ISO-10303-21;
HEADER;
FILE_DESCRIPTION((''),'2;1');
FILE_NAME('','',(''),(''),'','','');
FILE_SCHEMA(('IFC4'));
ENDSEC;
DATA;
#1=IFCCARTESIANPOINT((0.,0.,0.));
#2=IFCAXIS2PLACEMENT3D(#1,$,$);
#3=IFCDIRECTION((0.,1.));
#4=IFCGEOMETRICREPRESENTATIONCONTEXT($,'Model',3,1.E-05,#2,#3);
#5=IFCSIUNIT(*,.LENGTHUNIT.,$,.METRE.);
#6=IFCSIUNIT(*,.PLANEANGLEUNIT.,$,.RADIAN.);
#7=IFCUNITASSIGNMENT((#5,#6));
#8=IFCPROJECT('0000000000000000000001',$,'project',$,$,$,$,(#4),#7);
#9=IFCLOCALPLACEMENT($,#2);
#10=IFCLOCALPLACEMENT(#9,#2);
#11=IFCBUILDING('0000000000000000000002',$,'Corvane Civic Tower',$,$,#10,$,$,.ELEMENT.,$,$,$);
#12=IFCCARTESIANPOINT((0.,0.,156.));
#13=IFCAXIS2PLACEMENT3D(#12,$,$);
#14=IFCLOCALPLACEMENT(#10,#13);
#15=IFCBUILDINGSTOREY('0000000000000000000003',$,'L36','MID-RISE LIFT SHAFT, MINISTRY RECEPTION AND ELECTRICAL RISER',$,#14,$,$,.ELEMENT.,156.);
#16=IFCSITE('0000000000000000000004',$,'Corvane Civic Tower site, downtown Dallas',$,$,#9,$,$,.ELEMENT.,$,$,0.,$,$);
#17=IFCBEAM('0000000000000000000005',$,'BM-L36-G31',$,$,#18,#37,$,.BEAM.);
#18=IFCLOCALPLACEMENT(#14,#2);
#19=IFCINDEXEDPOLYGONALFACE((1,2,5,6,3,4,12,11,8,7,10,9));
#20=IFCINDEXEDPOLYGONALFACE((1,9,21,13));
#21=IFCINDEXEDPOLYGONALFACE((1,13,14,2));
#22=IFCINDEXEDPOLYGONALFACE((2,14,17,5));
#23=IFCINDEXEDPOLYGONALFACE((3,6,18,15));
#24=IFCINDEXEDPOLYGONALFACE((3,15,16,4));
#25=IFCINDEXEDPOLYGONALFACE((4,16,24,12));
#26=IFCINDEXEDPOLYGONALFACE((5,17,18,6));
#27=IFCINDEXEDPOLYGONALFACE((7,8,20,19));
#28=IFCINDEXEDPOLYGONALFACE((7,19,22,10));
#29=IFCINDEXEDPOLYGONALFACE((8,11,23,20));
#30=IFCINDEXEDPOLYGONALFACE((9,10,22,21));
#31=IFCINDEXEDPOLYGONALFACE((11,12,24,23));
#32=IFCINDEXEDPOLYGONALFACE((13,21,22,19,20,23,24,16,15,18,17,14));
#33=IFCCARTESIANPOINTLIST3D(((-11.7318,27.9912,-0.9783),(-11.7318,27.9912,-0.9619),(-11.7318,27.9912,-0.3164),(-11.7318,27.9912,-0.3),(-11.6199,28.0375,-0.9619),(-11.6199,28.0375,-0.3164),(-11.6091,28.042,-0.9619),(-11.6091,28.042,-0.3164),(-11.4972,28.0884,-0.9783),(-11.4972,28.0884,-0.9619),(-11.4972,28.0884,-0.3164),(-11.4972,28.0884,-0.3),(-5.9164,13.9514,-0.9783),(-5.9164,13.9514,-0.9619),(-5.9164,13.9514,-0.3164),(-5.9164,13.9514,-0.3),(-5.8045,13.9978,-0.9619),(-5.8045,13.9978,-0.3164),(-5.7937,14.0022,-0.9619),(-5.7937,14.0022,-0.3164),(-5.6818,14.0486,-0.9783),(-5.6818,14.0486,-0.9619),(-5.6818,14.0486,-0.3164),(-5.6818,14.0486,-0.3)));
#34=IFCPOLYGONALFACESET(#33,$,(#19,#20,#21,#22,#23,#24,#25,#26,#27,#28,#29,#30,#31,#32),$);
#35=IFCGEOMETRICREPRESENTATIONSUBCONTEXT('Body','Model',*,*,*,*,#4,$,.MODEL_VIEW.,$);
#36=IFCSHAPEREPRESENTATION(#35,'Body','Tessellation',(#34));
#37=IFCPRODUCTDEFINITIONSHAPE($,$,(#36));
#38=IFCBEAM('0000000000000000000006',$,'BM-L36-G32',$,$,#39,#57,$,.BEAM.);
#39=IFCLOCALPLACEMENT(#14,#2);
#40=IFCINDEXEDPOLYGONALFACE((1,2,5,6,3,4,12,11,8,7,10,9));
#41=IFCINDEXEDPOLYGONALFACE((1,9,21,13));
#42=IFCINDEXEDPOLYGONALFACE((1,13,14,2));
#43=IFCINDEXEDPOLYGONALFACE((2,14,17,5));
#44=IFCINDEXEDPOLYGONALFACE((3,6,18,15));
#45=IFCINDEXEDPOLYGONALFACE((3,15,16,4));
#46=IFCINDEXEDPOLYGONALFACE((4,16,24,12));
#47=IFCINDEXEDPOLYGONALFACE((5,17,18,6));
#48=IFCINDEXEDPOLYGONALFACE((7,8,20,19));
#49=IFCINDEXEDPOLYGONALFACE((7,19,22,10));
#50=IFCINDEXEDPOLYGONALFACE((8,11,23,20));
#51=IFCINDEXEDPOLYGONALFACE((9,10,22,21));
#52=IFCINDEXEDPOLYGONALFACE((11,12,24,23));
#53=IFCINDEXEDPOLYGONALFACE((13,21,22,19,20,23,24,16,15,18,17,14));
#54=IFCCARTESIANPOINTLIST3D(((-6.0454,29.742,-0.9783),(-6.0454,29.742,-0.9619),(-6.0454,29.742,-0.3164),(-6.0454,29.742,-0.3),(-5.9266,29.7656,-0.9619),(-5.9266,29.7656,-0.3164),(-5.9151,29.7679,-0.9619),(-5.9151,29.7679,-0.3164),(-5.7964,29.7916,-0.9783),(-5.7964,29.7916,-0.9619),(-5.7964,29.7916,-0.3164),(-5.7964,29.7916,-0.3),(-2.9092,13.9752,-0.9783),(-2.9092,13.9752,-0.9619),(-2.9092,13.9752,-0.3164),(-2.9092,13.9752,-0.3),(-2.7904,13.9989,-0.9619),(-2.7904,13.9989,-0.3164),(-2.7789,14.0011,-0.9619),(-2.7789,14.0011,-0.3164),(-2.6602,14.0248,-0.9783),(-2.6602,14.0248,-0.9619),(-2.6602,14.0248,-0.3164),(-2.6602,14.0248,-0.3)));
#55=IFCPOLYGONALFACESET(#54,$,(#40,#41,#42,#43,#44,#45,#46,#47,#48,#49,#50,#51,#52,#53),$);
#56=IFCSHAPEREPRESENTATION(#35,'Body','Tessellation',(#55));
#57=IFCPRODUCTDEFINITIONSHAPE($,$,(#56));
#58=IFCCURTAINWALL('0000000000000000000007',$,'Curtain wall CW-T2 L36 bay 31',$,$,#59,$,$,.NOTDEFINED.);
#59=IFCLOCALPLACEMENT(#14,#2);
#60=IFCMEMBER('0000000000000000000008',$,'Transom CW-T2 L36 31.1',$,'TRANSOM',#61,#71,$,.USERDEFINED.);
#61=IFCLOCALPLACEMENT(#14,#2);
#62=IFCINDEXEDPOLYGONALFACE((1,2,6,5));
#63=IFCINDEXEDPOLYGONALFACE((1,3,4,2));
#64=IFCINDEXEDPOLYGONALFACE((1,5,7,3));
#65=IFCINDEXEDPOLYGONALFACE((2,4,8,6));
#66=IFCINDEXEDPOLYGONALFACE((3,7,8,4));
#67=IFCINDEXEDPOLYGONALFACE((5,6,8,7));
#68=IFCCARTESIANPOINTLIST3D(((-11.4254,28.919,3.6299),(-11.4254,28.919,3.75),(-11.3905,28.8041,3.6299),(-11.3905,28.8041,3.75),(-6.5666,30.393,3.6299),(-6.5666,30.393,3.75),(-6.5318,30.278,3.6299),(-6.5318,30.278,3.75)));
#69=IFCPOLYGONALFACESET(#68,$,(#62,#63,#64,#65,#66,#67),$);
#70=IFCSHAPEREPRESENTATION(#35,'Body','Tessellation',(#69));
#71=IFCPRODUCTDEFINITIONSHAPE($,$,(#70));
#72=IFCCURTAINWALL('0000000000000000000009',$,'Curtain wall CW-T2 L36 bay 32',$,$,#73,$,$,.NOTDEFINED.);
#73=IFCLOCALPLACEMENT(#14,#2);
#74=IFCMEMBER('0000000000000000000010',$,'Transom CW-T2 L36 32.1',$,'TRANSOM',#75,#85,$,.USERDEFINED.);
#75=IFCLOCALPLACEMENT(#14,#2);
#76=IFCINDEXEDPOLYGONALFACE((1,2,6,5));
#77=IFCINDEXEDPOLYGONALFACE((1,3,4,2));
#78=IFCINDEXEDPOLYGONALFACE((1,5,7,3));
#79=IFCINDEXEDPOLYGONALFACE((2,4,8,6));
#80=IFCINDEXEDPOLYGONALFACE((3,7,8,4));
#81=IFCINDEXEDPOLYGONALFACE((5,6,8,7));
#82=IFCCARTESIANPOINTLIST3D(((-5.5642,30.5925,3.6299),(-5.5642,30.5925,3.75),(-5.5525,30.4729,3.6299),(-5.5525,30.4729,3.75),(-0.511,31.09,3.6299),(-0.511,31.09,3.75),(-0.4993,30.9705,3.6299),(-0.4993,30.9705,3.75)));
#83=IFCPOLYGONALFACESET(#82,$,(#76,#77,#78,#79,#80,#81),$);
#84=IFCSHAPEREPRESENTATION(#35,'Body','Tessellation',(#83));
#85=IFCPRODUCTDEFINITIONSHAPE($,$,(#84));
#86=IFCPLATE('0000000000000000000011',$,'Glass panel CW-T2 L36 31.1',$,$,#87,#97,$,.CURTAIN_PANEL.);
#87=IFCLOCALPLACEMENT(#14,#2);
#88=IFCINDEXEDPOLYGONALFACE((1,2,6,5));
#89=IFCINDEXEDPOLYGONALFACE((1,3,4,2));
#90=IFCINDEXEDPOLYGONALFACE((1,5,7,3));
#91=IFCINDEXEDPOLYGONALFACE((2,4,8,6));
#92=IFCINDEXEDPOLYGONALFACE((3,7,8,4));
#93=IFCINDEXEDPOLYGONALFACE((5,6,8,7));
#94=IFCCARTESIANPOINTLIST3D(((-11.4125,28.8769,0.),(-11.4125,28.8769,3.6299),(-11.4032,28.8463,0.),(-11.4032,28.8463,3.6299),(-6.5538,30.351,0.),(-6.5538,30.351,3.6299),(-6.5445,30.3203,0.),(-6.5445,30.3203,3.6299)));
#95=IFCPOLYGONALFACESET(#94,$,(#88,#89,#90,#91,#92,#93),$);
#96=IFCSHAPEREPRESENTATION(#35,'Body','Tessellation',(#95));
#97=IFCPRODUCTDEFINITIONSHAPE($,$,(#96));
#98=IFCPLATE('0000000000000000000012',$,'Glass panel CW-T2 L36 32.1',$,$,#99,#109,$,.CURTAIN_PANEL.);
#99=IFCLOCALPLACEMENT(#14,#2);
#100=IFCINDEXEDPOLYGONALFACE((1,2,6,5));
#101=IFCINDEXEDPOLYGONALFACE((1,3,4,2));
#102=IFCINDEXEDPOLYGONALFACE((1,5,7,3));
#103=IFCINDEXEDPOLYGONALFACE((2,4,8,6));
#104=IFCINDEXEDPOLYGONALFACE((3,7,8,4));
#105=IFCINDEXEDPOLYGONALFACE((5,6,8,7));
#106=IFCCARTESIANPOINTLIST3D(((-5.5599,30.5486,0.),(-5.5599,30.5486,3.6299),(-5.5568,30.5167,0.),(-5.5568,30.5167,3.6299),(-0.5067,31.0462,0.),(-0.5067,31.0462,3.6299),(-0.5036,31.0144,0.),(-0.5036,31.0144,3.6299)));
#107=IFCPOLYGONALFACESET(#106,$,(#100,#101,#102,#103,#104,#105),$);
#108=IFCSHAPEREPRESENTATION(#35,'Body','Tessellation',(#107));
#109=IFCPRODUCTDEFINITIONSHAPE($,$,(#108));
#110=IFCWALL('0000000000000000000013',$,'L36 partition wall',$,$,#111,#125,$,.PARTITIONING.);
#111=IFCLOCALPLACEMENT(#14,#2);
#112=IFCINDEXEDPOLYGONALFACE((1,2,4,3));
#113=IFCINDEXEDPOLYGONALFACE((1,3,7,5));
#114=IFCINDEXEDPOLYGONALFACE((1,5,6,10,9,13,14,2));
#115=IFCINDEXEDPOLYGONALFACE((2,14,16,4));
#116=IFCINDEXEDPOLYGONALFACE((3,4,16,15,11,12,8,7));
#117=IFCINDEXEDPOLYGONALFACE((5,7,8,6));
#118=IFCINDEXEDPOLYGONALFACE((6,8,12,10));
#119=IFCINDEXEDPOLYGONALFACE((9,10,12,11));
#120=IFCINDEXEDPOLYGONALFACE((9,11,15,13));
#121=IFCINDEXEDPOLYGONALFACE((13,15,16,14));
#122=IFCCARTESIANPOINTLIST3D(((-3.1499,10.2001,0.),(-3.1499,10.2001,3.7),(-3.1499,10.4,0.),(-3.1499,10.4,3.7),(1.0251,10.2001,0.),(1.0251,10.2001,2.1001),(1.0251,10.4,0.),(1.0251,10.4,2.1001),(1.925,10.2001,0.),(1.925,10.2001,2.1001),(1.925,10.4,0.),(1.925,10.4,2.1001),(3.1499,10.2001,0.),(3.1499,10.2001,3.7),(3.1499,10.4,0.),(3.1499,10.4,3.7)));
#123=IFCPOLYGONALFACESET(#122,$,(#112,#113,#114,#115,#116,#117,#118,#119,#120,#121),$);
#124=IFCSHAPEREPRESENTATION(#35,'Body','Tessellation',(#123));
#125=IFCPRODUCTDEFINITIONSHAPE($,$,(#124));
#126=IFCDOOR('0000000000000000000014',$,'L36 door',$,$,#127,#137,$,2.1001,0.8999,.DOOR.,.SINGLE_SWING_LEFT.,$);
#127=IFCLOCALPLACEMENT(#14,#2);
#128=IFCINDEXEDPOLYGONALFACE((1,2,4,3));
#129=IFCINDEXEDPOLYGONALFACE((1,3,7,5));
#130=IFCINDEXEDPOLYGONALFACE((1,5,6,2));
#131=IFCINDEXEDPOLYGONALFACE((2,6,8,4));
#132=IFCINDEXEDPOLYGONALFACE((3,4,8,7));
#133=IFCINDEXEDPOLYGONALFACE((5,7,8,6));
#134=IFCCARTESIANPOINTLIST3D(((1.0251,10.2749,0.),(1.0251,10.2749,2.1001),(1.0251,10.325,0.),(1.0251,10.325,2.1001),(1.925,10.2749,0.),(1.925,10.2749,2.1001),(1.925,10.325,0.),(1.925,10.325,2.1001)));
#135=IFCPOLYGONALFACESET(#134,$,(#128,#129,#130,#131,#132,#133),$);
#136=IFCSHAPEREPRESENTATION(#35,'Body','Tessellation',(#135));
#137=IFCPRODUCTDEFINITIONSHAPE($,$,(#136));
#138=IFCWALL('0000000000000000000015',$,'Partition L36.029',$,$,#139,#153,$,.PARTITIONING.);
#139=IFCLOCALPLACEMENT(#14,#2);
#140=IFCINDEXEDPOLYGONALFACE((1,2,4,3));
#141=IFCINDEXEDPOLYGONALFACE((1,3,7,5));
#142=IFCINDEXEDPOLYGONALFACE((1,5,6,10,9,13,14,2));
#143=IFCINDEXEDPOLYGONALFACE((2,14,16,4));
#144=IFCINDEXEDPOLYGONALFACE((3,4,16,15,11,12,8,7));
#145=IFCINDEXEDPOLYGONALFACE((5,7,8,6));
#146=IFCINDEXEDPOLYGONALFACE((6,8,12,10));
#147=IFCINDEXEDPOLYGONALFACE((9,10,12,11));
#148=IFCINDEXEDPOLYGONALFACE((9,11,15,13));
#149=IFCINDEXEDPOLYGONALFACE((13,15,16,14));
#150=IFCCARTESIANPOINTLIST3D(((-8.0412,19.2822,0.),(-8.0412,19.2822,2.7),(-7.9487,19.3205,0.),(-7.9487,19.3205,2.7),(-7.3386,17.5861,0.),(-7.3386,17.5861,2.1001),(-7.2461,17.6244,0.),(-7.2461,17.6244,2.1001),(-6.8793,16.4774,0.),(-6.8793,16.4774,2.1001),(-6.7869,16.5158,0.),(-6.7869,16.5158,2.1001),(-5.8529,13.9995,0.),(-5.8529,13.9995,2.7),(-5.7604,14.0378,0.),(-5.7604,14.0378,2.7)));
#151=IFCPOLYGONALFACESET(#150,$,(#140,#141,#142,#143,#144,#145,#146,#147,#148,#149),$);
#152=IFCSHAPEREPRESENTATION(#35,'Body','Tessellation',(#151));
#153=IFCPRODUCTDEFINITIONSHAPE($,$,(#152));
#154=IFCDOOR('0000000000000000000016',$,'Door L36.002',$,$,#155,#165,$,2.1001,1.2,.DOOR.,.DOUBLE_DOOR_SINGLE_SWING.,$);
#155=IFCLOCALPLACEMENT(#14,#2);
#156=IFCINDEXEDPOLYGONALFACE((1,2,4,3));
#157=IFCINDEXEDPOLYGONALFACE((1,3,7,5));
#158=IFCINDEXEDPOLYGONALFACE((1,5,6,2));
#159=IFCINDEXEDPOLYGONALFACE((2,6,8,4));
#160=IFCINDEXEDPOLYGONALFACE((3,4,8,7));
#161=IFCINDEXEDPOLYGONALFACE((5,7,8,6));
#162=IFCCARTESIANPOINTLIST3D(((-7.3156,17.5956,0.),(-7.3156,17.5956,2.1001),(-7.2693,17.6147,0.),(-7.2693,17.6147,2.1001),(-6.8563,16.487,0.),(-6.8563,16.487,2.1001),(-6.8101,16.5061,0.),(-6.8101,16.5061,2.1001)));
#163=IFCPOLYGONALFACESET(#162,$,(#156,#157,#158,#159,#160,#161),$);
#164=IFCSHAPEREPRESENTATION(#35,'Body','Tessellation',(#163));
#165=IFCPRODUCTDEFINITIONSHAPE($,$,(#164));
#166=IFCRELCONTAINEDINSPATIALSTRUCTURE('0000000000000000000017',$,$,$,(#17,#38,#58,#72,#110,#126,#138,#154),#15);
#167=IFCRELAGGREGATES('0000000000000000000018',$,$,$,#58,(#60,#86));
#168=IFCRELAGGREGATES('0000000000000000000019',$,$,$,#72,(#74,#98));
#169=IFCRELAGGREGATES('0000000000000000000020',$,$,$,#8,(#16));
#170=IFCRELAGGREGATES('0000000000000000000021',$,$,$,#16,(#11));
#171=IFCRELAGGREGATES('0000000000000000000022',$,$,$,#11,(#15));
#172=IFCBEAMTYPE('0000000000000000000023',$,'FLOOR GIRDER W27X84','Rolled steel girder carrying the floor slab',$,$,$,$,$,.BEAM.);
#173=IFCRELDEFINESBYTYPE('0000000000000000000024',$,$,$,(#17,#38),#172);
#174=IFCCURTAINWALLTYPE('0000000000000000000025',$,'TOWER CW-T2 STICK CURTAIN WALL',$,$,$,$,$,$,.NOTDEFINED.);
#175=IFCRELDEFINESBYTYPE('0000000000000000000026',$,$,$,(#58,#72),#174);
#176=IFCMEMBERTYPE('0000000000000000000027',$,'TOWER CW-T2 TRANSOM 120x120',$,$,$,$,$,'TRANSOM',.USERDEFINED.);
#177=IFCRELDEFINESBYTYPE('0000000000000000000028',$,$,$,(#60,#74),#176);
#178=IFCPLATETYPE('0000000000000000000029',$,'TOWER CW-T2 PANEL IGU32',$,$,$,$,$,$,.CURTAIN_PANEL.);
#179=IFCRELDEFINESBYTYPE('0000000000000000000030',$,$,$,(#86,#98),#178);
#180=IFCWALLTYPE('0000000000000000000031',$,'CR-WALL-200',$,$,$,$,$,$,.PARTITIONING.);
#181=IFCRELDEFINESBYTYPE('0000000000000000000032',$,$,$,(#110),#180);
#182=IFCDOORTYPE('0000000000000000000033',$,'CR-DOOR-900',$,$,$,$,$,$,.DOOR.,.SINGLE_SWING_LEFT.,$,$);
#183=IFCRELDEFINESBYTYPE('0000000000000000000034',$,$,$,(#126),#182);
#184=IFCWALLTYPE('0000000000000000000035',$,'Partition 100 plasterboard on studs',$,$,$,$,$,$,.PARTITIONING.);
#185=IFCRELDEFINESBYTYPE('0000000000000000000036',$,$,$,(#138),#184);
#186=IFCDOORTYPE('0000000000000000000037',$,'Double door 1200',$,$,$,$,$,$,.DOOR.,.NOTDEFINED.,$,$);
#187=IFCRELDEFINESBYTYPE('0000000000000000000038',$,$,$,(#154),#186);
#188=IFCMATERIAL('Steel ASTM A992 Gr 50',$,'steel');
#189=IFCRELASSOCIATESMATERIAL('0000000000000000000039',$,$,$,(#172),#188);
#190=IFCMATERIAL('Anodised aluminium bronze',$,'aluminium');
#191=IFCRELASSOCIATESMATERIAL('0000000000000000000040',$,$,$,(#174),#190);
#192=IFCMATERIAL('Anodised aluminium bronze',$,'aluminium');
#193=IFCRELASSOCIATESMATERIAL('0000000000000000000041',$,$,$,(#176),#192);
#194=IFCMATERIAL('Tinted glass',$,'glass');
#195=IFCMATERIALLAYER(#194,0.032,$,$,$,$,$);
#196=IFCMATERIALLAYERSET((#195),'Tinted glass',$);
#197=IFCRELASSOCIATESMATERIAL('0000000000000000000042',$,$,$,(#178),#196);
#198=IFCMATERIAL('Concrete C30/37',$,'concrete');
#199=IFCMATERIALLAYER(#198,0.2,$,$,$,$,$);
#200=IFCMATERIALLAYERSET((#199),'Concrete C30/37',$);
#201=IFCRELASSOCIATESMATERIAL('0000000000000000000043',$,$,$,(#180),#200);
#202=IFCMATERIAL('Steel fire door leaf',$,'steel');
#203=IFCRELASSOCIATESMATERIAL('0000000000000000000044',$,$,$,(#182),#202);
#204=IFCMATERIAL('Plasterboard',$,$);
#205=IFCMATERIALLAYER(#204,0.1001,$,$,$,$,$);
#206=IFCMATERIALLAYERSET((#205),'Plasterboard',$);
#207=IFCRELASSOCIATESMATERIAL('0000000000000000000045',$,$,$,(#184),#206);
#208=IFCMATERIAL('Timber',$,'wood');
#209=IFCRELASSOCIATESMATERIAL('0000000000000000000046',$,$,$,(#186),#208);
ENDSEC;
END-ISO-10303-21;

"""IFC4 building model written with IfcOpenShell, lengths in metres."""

from ifc_helpers import new_model, si_unit, direction, frame, frame_2d, origin, origin_2d, place, context, subcontext, project, spatial, rectangle, i_section, extrude, material, layer, layer_set, material_profile, profile_set, type_object, element, fill, aggregate, save


model = new_model("IFC4")

# Units and contexts
model_context = context("Model", 3, precision=1e-05, world=origin(), true_north=direction((0.0, 1.0)))
body_context = subcontext(model_context, "Body", "Model", "MODEL_VIEW")
ifc_project = project(units=[si_unit("LENGTHUNIT", "METRE"), si_unit("PLANEANGLEUNIT", "RADIAN")], contexts=[model_context])

# Site, building, storey
site_placement = place(None, origin())
site = spatial("IfcSite", under=ifc_project, at=site_placement, Name="Corvane Civic Tower site, downtown Dallas", CompositionType="ELEMENT", RefElevation=0.0)
building_placement = place(site_placement, origin())
building = spatial("IfcBuilding", under=site, at=building_placement, Name="Corvane Civic Tower", CompositionType="ELEMENT")
storey_placement = place(building_placement, frame((0.0, 0.0, 156.0)))
storey = spatial("IfcBuildingStorey", under=building, at=storey_placement, Name="L36", Description="MID-RISE LIFT SHAFT, MINISTRY RECEPTION AND ELECTRICAL RISER", CompositionType="ELEMENT", Elevation=156.0)

# Beams
ifc_material_1 = material(Name="Steel ASTM A992 Gr 50", Category="steel")
ifc_material_profile_1 = material_profile(ifc_material_1, i_section(OverallWidth=0.2539, OverallDepth=0.6782, WebThickness=0.0117, FlangeThickness=0.0164, at=origin_2d()), Name="W27X84")
ifc_profile_set_1 = profile_set([ifc_material_profile_1], Name="Steel ASTM A992 Gr 50")
beam_type_1 = type_object("IfcBeamType", Name="FLOOR GIRDER W27X84", Description="Rolled steel girder carrying the floor slab", PredefinedType="BEAM", material=ifc_profile_set_1)
beam_1_placement = place(storey_placement, frame((-5.7991, 14.0, -0.6392), z_axis=(-0.382681, 0.923881, 0.0), x_axis=(-0.923881, -0.382681, 0.0)))
element("IfcBeam", 1, at=beam_1_placement, inside=storey, type_object=beam_type_1, Name="BM-L36-G31", PredefinedType="BEAM", context=body_context, shape_type="SweptSolid", body=[
    extrude(i_section(OverallWidth=0.2539, OverallDepth=0.6782, WebThickness=0.0117, FlangeThickness=0.0164, at=origin_2d()), origin(), (0.0, 0.0, 1.0), 15.1965),
])
beam_2_placement = place(storey_placement, frame((-2.7847, 14.0, -0.6392), z_axis=(-0.195091, 0.980785, 0.0), x_axis=(-0.980785, -0.195091, 0.0)))
element("IfcBeam", 2, at=beam_2_placement, inside=storey, type_object=beam_type_1, Name="BM-L36-G32", PredefinedType="BEAM", context=body_context, shape_type="SweptSolid", body=[
    extrude(i_section(OverallWidth=0.2539, OverallDepth=0.6782, WebThickness=0.0117, FlangeThickness=0.0164, at=origin_2d()), origin(), (0.0, 0.0, 1.0), 16.0757),
])

# Curtain walls, members
ifc_material_2 = material(Name="Anodised aluminium bronze", Category="aluminium")
curtain_wall_type = type_object("IfcCurtainWallType", Name="TOWER CW-T2 STICK CURTAIN WALL", PredefinedType="NOTDEFINED", material=ifc_material_2)
curtain_wall_1_placement = place(storey_placement, origin())
curtain_wall_1 = element("IfcCurtainWall", 3, at=curtain_wall_1_placement, inside=storey, type_object=curtain_wall_type, Name="Curtain wall CW-T2 L36 bay 31", PredefinedType="NOTDEFINED")
ifc_material_3 = material(Name="Anodised aluminium bronze", Category="aluminium")
ifc_material_profile_2 = material_profile(ifc_material_3, rectangle(XDim=0.1201, YDim=0.1201, at=origin_2d()), Name="TOWER CW-T2 TRANSOM 120x120")
ifc_profile_set_2 = profile_set([ifc_material_profile_2], Name="Anodised aluminium bronze")
member_type = type_object("IfcMemberType", Name="TOWER CW-T2 TRANSOM 120x120", ElementType="TRANSOM", PredefinedType="USERDEFINED", material=ifc_profile_set_2)
member_1_placement = place(storey_placement, frame((-11.408, 28.8616, 3.6899), z_axis=(0.956939, 0.290289, 0.0), x_axis=(-0.290289, 0.956939, 0.0)))
member_1 = element("IfcMember", 4, at=member_1_placement, type_object=member_type, Name="Transom CW-T2 L36 31.1", ObjectType="TRANSOM", PredefinedType="USERDEFINED", context=body_context, shape_type="SweptSolid", body=[
    extrude(rectangle(XDim=0.1201, YDim=0.1201, at=origin_2d()), origin(), (0.0, 0.0, 1.0), 5.0774),
])
curtain_wall_2_placement = place(storey_placement, origin())
curtain_wall_2 = element("IfcCurtainWall", 5, at=curtain_wall_2_placement, inside=storey, type_object=curtain_wall_type, Name="Curtain wall CW-T2 L36 bay 32", PredefinedType="NOTDEFINED")
member_2_placement = place(storey_placement, frame((-5.5583, 30.5327, 3.6899), z_axis=(0.995187, 0.09799, 0.0), x_axis=(-0.09799, 0.995187, 0.0)))
member_2 = element("IfcMember", 6, at=member_2_placement, type_object=member_type, Name="Transom CW-T2 L36 32.1", ObjectType="TRANSOM", PredefinedType="USERDEFINED", context=body_context, shape_type="SweptSolid", body=[
    extrude(rectangle(XDim=0.1201, YDim=0.1201, at=origin_2d()), origin(), (0.0, 0.0, 1.0), 5.0776),
])

# Plates
ifc_material_4 = material(Name="Tinted glass", Category="glass")
ifc_layer_1 = layer(ifc_material_4, 0.032)
ifc_layer_set_1 = layer_set([ifc_layer_1], Name="Tinted glass")
plate_type = type_object("IfcPlateType", Name="TOWER CW-T2 PANEL IGU32", PredefinedType="CURTAIN_PANEL", material=ifc_layer_set_1)
plate_1_placement = place(storey_placement, frame((-8.9785, 29.5986, 0.0), z_axis=(0.0, 0.0, 1.0), x_axis=(0.956932, 0.290313, 0.0)))
plate_1 = element("IfcPlate", 7, at=plate_1_placement, type_object=plate_type, Name="Glass panel CW-T2 L36 31.1", PredefinedType="CURTAIN_PANEL", context=body_context, shape_type="SweptSolid", body=[
    extrude(rectangle(XDim=5.0774, YDim=0.032, at=origin_2d()), origin(), (0.0, 0.0, 1.0), 3.6299),
])
aggregate(curtain_wall_1, [member_1, plate_1])
plate_2_placement = place(storey_placement, frame((-3.0317, 30.7815, 0.0), z_axis=(0.0, 0.0, 1.0), x_axis=(0.995185, 0.098012, 0.0)))
plate_2 = element("IfcPlate", 8, at=plate_2_placement, type_object=plate_type, Name="Glass panel CW-T2 L36 32.1", PredefinedType="CURTAIN_PANEL", context=body_context, shape_type="SweptSolid", body=[
    extrude(rectangle(XDim=5.0776, YDim=0.032, at=origin_2d()), origin(), (0.0, 0.0, 1.0), 3.6299),
])
aggregate(curtain_wall_2, [member_2, plate_2])

# Walls, openings, doors
ifc_material_5 = material(Name="Concrete C30/37", Category="concrete")
ifc_layer_2 = layer(ifc_material_5, 0.2)
ifc_layer_set_2 = layer_set([ifc_layer_2], Name="Concrete C30/37")
wall_type_1 = type_object("IfcWallType", Name="CR-WALL-200", PredefinedType="PARTITIONING", material=ifc_layer_set_2)
wall_1_placement = place(storey_placement, frame((-3.1499, 10.3, 0.0), z_axis=(0.0, 0.0, 1.0), x_axis=(1.0, 0.0, 0.0)))
wall_1 = element("IfcWall", 9, at=wall_1_placement, inside=storey, type_object=wall_type_1, Name="L36 partition wall", PredefinedType="PARTITIONING", context=body_context, shape_type="SweptSolid", body=[
    extrude(rectangle(XDim=6.2998, YDim=0.2, at=frame_2d((3.1499, 0.0))), origin(), (0.0, 0.0, 1.0), 3.7),
])
opening_1_placement = place(wall_1_placement, frame((4.175, 0.0, 0.0)))
opening_1 = element("IfcOpeningElement", 10, at=opening_1_placement, cuts=wall_1, PredefinedType="OPENING", context=body_context, shape_type="SweptSolid", body=[
    extrude(rectangle(XDim=0.8999, YDim=2.1001, at=frame_2d((0.45, 1.05))), frame((0.0, 0.1099, 0.0), z_axis=(0.0, -1.0, 0.0), x_axis=(1.0, 0.0, 0.0)), (0.0, 0.0, 1.0), 0.22),
])
ifc_material_6 = material(Name="Steel fire door leaf", Category="steel")
door_type_1 = type_object("IfcDoorType", Name="CR-DOOR-900", OperationType="SINGLE_SWING_LEFT", PredefinedType="DOOR", material=ifc_material_6)
door_1_placement = place(opening_1_placement, origin())
door_1 = element("IfcDoor", 11, at=door_1_placement, inside=storey, type_object=door_type_1, Name="L36 door", OperationType="SINGLE_SWING_LEFT", OverallHeight=2.1001, OverallWidth=0.8999, PredefinedType="DOOR", context=body_context, shape_type="SweptSolid", body=[
    extrude(rectangle(XDim=0.8999, YDim=2.1001, at=frame_2d((0.45, 1.05))), frame((0.0, 0.0249, 0.0), z_axis=(0.0, -1.0, 0.0), x_axis=(1.0, 0.0, 0.0)), (0.0, 0.0, 1.0), 0.05),
])
fill(opening_1, door_1)
ifc_material_7 = material(Name="Plasterboard")
ifc_layer_3 = layer(ifc_material_7, 0.1001)
ifc_layer_set_3 = layer_set([ifc_layer_3], Name="Plasterboard")
wall_type_2 = type_object("IfcWallType", Name="Partition 100 plasterboard on studs", PredefinedType="PARTITIONING", material=ifc_layer_set_3)
wall_2_placement = place(storey_placement, frame((-7.9949, 19.3013, 0.0), z_axis=(0.0, 0.0, 1.0), x_axis=(0.382692, -0.923876, 0.0)))
wall_2 = element("IfcWall", 12, at=wall_2_placement, inside=storey, type_object=wall_type_2, Name="Partition L36.029", PredefinedType="PARTITIONING", context=body_context, shape_type="SweptSolid", body=[
    extrude(rectangle(XDim=5.718, YDim=0.1001, at=frame_2d((2.8589, 0.0))), origin(), (0.0, 0.0, 1.0), 2.7),
])
opening_2_placement = place(wall_2_placement, frame((1.8357, 0.0, 0.0)))
opening_2 = element("IfcOpeningElement", 13, at=opening_2_placement, cuts=wall_2, PredefinedType="OPENING", context=body_context, shape_type="SweptSolid", body=[
    extrude(rectangle(XDim=1.2, YDim=2.1001, at=frame_2d((0.6001, 1.05))), frame((0.0, 0.0601, 0.0), z_axis=(0.0, -1.0, 0.0), x_axis=(1.0, 0.0, 0.0)), (0.0, 0.0, 1.0), 0.1201),
])
ifc_material_8 = material(Name="Timber", Category="wood")
door_type_2 = type_object("IfcDoorType", Name="Double door 1200", OperationType="NOTDEFINED", PredefinedType="DOOR", material=ifc_material_8)
door_2_placement = place(opening_2_placement, origin())
door_2 = element("IfcDoor", 14, at=door_2_placement, inside=storey, type_object=door_type_2, Name="Door L36.002", OperationType="DOUBLE_DOOR_SINGLE_SWING", OverallHeight=2.1001, OverallWidth=1.2, PredefinedType="DOOR", context=body_context, shape_type="SweptSolid", body=[
    extrude(rectangle(XDim=1.2, YDim=2.1001, at=frame_2d((0.6001, 1.05))), frame((0.0, 0.0249, 0.0), z_axis=(0.0, -1.0, 0.0), x_axis=(1.0, 0.0, 0.0)), (0.0, 0.0, 1.0), 0.05),
])
fill(opening_2, door_2)

save(model, "model.ifc")
